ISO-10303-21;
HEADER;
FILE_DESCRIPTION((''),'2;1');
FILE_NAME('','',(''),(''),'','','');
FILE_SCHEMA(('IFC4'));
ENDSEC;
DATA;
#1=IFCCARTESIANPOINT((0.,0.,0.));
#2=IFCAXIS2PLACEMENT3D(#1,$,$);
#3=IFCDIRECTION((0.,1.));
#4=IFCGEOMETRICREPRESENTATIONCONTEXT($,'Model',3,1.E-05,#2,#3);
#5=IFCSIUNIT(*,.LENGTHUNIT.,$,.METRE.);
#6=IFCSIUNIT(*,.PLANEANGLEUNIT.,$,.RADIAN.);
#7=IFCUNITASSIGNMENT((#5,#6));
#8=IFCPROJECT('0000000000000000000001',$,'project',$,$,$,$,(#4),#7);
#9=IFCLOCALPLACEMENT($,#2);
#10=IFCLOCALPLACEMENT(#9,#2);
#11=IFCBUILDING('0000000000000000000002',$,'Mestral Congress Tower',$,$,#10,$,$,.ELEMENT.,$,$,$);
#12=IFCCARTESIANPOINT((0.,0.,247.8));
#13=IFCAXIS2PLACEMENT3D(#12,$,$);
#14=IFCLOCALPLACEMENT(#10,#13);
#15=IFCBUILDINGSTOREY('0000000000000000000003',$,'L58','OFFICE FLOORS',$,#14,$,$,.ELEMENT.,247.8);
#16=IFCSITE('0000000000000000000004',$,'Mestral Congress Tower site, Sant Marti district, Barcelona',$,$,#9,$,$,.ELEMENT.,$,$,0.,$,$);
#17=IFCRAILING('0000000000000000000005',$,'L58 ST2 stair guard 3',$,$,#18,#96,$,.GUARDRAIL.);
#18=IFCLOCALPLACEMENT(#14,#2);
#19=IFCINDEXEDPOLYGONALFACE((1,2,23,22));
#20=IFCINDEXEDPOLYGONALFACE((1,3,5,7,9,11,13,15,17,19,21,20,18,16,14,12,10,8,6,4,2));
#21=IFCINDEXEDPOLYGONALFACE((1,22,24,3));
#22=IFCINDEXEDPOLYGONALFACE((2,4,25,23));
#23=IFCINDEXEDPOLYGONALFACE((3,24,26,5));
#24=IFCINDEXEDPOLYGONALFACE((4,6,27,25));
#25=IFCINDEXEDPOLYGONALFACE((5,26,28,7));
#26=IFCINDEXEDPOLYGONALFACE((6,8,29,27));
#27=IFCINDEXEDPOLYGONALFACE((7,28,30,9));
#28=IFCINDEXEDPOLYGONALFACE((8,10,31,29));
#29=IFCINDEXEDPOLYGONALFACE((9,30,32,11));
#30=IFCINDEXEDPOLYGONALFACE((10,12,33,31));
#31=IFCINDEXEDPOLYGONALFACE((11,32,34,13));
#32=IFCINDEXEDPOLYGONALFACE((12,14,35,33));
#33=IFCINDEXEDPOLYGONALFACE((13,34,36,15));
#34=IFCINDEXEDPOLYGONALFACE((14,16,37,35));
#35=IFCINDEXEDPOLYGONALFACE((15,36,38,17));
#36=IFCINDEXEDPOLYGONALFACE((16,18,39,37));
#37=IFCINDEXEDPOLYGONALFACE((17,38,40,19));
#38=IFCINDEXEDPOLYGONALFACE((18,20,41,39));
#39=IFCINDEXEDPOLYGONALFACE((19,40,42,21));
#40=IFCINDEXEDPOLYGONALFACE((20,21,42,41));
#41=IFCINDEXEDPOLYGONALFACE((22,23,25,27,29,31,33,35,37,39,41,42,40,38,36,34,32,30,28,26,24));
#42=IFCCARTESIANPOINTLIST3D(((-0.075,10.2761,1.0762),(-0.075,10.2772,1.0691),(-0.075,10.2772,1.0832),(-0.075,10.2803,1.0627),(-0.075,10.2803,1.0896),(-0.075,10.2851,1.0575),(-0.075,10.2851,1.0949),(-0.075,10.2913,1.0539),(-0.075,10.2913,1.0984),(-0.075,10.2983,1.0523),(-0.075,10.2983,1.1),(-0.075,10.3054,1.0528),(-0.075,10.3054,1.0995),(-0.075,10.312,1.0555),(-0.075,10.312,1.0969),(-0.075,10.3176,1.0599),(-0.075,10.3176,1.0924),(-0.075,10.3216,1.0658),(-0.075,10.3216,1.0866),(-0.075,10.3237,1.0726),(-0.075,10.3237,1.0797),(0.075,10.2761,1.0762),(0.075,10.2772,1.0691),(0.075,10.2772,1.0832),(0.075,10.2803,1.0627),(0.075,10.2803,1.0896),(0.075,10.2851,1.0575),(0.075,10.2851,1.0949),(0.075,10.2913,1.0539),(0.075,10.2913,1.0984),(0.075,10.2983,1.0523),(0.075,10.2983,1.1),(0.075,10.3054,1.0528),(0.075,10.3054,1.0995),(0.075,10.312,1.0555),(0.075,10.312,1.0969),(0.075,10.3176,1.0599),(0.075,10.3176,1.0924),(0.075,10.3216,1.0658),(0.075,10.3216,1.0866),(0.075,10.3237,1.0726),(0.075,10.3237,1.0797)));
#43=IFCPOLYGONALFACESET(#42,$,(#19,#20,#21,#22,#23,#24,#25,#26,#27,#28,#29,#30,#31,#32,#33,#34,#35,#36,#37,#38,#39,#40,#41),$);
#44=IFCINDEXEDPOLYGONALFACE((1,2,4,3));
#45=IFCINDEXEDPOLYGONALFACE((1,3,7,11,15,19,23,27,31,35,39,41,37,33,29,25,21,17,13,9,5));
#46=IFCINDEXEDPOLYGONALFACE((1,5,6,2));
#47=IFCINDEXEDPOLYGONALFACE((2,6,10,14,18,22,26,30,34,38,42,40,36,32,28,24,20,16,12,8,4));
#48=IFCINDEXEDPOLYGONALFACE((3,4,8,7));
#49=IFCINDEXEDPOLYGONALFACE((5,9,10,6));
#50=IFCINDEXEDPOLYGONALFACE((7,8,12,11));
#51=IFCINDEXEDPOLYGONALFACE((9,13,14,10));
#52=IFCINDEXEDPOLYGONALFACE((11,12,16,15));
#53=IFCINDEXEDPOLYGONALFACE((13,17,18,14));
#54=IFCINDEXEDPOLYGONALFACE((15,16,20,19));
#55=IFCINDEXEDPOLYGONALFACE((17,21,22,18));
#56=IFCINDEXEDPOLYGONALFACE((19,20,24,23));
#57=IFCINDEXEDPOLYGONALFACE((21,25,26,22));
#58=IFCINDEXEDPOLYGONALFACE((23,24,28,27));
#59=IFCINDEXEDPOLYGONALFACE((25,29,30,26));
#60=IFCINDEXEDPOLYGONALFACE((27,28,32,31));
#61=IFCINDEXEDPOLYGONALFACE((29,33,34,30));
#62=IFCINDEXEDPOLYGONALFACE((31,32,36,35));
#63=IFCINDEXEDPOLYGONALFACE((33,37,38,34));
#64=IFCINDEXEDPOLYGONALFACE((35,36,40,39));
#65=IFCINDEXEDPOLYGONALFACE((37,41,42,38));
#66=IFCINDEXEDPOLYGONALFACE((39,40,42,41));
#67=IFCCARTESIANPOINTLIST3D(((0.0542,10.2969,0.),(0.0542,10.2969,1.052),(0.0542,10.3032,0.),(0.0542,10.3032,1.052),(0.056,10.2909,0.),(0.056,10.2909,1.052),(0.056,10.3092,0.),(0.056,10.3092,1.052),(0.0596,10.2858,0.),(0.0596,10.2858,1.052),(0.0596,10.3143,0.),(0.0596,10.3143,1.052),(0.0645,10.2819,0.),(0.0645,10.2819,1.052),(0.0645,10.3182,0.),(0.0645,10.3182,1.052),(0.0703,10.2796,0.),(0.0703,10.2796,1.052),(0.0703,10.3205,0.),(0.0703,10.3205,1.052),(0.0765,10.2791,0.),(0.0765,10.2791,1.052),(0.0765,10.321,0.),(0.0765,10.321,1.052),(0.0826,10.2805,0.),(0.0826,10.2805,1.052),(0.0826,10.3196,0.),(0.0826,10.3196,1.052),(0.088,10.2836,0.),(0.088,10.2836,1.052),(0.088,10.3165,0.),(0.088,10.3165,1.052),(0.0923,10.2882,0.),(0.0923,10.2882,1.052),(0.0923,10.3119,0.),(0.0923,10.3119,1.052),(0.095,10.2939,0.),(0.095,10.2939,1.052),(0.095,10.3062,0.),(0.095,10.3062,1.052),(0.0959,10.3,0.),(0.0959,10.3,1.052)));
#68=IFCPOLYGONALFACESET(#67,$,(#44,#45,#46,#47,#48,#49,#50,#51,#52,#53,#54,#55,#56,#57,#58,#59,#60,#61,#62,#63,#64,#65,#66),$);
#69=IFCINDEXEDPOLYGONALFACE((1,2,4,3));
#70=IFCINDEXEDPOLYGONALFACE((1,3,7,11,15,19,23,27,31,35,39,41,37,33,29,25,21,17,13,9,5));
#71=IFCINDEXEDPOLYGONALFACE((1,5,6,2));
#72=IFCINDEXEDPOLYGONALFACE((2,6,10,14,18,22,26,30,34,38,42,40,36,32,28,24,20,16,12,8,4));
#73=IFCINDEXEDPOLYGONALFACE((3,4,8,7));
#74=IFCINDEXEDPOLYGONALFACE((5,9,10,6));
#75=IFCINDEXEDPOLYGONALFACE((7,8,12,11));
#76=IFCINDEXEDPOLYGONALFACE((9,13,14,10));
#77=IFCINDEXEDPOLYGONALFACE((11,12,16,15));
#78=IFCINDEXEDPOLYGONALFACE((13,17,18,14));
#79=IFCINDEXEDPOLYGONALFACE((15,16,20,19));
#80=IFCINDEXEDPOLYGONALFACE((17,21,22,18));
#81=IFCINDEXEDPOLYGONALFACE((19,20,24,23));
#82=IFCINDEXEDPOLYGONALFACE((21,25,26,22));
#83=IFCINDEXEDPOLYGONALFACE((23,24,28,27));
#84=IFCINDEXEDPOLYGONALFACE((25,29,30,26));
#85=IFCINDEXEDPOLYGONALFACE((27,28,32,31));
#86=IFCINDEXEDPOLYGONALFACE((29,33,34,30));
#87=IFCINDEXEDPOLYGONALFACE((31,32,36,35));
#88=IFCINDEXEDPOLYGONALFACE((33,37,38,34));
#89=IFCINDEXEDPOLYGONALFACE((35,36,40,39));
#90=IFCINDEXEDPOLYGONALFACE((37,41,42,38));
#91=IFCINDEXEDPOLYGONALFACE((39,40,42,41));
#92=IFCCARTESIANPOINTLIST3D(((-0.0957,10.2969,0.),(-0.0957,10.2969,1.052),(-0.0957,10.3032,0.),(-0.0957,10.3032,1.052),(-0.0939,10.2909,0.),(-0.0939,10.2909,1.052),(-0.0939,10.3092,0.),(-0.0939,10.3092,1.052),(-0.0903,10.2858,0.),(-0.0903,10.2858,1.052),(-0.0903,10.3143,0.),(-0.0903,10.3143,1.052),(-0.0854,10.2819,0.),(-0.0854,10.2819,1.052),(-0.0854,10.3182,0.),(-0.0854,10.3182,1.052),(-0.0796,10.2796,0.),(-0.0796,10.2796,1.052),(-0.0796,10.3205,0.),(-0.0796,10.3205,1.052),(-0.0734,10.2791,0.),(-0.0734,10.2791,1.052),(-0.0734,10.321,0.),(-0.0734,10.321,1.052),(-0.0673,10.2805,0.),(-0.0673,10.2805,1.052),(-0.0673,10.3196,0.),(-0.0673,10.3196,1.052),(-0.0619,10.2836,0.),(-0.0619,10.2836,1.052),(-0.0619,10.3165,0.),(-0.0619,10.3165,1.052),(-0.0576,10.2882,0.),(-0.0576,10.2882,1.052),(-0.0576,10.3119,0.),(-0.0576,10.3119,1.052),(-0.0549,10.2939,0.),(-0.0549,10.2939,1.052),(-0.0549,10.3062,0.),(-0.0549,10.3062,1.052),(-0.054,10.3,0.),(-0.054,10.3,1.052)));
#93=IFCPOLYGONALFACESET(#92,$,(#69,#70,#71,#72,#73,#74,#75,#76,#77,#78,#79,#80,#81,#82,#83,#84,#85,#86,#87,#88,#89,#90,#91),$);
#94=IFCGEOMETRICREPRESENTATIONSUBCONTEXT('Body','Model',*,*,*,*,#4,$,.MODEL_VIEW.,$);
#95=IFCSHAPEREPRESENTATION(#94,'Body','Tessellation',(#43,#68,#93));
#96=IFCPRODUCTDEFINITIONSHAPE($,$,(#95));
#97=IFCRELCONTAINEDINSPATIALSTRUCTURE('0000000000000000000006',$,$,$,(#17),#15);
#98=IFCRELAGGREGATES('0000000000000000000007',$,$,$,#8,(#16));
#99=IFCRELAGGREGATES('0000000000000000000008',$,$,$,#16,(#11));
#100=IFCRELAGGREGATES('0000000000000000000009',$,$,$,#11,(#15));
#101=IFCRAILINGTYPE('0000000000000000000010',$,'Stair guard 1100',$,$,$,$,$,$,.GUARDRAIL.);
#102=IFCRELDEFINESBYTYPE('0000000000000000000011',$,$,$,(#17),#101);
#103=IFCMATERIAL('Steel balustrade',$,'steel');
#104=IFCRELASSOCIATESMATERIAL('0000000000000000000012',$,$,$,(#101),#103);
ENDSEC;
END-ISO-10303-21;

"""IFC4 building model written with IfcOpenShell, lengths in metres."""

from ifc_helpers import new_model, si_unit, direction, frame, origin, origin_2d, place, context, subcontext, project, spatial, circle, extrude, material, type_object, element, save


model = new_model("IFC4")

# Units and contexts
model_context = context("Model", 3, precision=1e-05, world=origin(), true_north=direction((0.0, 1.0)))
body_context = subcontext(model_context, "Body", "Model", "MODEL_VIEW")
ifc_project = project(units=[si_unit("LENGTHUNIT", "METRE"), si_unit("PLANEANGLEUNIT", "RADIAN")], contexts=[model_context])

# Site, building, storey
site_placement = place(None, origin())
site = spatial("IfcSite", under=ifc_project, at=site_placement, Name="Mestral Congress Tower site, Sant Marti district, Barcelona", CompositionType="ELEMENT", RefElevation=0.0)
building_placement = place(site_placement, origin())
building = spatial("IfcBuilding", under=site, at=building_placement, Name="Mestral Congress Tower", CompositionType="ELEMENT")
storey_placement = place(building_placement, frame((0.0, 0.0, 247.8)))
storey = spatial("IfcBuildingStorey", under=building, at=storey_placement, Name="L58", Description="OFFICE FLOORS", CompositionType="ELEMENT", Elevation=247.8)

# Railing
ifc_material_1 = material(Name="Steel balustrade", Category="steel")
railing_type_1 = type_object("IfcRailingType", Name="Stair guard 1100", PredefinedType="GUARDRAIL", material=ifc_material_1)
railing_1_placement = place(storey_placement, frame((0.075, 10.3, 0.0)))
element("IfcRailing", 1, at=railing_1_placement, inside=storey, type_object=railing_type_1, Name="L58 ST2 stair guard 3", PredefinedType="GUARDRAIL", context=body_context, shape_type="SweptSolid", body=[
    extrude(circle(Radius=0.0239, at=origin_2d()), frame((0.0, 0.0, 1.0762), z_axis=(-1.0, 0.0, 0.0), x_axis=(0.0, -1.0, 0.0)), (0.0, 0.0, 1.0), 0.1499),
    extrude(circle(Radius=0.021, at=origin_2d()), origin(), (0.0, 0.0, 1.0), 1.052),
    extrude(circle(Radius=0.021, at=origin_2d()), frame((-0.1499, 0.0, 0.0)), (0.0, 0.0, 1.0), 1.052),
])

save(model, "model.ifc")
